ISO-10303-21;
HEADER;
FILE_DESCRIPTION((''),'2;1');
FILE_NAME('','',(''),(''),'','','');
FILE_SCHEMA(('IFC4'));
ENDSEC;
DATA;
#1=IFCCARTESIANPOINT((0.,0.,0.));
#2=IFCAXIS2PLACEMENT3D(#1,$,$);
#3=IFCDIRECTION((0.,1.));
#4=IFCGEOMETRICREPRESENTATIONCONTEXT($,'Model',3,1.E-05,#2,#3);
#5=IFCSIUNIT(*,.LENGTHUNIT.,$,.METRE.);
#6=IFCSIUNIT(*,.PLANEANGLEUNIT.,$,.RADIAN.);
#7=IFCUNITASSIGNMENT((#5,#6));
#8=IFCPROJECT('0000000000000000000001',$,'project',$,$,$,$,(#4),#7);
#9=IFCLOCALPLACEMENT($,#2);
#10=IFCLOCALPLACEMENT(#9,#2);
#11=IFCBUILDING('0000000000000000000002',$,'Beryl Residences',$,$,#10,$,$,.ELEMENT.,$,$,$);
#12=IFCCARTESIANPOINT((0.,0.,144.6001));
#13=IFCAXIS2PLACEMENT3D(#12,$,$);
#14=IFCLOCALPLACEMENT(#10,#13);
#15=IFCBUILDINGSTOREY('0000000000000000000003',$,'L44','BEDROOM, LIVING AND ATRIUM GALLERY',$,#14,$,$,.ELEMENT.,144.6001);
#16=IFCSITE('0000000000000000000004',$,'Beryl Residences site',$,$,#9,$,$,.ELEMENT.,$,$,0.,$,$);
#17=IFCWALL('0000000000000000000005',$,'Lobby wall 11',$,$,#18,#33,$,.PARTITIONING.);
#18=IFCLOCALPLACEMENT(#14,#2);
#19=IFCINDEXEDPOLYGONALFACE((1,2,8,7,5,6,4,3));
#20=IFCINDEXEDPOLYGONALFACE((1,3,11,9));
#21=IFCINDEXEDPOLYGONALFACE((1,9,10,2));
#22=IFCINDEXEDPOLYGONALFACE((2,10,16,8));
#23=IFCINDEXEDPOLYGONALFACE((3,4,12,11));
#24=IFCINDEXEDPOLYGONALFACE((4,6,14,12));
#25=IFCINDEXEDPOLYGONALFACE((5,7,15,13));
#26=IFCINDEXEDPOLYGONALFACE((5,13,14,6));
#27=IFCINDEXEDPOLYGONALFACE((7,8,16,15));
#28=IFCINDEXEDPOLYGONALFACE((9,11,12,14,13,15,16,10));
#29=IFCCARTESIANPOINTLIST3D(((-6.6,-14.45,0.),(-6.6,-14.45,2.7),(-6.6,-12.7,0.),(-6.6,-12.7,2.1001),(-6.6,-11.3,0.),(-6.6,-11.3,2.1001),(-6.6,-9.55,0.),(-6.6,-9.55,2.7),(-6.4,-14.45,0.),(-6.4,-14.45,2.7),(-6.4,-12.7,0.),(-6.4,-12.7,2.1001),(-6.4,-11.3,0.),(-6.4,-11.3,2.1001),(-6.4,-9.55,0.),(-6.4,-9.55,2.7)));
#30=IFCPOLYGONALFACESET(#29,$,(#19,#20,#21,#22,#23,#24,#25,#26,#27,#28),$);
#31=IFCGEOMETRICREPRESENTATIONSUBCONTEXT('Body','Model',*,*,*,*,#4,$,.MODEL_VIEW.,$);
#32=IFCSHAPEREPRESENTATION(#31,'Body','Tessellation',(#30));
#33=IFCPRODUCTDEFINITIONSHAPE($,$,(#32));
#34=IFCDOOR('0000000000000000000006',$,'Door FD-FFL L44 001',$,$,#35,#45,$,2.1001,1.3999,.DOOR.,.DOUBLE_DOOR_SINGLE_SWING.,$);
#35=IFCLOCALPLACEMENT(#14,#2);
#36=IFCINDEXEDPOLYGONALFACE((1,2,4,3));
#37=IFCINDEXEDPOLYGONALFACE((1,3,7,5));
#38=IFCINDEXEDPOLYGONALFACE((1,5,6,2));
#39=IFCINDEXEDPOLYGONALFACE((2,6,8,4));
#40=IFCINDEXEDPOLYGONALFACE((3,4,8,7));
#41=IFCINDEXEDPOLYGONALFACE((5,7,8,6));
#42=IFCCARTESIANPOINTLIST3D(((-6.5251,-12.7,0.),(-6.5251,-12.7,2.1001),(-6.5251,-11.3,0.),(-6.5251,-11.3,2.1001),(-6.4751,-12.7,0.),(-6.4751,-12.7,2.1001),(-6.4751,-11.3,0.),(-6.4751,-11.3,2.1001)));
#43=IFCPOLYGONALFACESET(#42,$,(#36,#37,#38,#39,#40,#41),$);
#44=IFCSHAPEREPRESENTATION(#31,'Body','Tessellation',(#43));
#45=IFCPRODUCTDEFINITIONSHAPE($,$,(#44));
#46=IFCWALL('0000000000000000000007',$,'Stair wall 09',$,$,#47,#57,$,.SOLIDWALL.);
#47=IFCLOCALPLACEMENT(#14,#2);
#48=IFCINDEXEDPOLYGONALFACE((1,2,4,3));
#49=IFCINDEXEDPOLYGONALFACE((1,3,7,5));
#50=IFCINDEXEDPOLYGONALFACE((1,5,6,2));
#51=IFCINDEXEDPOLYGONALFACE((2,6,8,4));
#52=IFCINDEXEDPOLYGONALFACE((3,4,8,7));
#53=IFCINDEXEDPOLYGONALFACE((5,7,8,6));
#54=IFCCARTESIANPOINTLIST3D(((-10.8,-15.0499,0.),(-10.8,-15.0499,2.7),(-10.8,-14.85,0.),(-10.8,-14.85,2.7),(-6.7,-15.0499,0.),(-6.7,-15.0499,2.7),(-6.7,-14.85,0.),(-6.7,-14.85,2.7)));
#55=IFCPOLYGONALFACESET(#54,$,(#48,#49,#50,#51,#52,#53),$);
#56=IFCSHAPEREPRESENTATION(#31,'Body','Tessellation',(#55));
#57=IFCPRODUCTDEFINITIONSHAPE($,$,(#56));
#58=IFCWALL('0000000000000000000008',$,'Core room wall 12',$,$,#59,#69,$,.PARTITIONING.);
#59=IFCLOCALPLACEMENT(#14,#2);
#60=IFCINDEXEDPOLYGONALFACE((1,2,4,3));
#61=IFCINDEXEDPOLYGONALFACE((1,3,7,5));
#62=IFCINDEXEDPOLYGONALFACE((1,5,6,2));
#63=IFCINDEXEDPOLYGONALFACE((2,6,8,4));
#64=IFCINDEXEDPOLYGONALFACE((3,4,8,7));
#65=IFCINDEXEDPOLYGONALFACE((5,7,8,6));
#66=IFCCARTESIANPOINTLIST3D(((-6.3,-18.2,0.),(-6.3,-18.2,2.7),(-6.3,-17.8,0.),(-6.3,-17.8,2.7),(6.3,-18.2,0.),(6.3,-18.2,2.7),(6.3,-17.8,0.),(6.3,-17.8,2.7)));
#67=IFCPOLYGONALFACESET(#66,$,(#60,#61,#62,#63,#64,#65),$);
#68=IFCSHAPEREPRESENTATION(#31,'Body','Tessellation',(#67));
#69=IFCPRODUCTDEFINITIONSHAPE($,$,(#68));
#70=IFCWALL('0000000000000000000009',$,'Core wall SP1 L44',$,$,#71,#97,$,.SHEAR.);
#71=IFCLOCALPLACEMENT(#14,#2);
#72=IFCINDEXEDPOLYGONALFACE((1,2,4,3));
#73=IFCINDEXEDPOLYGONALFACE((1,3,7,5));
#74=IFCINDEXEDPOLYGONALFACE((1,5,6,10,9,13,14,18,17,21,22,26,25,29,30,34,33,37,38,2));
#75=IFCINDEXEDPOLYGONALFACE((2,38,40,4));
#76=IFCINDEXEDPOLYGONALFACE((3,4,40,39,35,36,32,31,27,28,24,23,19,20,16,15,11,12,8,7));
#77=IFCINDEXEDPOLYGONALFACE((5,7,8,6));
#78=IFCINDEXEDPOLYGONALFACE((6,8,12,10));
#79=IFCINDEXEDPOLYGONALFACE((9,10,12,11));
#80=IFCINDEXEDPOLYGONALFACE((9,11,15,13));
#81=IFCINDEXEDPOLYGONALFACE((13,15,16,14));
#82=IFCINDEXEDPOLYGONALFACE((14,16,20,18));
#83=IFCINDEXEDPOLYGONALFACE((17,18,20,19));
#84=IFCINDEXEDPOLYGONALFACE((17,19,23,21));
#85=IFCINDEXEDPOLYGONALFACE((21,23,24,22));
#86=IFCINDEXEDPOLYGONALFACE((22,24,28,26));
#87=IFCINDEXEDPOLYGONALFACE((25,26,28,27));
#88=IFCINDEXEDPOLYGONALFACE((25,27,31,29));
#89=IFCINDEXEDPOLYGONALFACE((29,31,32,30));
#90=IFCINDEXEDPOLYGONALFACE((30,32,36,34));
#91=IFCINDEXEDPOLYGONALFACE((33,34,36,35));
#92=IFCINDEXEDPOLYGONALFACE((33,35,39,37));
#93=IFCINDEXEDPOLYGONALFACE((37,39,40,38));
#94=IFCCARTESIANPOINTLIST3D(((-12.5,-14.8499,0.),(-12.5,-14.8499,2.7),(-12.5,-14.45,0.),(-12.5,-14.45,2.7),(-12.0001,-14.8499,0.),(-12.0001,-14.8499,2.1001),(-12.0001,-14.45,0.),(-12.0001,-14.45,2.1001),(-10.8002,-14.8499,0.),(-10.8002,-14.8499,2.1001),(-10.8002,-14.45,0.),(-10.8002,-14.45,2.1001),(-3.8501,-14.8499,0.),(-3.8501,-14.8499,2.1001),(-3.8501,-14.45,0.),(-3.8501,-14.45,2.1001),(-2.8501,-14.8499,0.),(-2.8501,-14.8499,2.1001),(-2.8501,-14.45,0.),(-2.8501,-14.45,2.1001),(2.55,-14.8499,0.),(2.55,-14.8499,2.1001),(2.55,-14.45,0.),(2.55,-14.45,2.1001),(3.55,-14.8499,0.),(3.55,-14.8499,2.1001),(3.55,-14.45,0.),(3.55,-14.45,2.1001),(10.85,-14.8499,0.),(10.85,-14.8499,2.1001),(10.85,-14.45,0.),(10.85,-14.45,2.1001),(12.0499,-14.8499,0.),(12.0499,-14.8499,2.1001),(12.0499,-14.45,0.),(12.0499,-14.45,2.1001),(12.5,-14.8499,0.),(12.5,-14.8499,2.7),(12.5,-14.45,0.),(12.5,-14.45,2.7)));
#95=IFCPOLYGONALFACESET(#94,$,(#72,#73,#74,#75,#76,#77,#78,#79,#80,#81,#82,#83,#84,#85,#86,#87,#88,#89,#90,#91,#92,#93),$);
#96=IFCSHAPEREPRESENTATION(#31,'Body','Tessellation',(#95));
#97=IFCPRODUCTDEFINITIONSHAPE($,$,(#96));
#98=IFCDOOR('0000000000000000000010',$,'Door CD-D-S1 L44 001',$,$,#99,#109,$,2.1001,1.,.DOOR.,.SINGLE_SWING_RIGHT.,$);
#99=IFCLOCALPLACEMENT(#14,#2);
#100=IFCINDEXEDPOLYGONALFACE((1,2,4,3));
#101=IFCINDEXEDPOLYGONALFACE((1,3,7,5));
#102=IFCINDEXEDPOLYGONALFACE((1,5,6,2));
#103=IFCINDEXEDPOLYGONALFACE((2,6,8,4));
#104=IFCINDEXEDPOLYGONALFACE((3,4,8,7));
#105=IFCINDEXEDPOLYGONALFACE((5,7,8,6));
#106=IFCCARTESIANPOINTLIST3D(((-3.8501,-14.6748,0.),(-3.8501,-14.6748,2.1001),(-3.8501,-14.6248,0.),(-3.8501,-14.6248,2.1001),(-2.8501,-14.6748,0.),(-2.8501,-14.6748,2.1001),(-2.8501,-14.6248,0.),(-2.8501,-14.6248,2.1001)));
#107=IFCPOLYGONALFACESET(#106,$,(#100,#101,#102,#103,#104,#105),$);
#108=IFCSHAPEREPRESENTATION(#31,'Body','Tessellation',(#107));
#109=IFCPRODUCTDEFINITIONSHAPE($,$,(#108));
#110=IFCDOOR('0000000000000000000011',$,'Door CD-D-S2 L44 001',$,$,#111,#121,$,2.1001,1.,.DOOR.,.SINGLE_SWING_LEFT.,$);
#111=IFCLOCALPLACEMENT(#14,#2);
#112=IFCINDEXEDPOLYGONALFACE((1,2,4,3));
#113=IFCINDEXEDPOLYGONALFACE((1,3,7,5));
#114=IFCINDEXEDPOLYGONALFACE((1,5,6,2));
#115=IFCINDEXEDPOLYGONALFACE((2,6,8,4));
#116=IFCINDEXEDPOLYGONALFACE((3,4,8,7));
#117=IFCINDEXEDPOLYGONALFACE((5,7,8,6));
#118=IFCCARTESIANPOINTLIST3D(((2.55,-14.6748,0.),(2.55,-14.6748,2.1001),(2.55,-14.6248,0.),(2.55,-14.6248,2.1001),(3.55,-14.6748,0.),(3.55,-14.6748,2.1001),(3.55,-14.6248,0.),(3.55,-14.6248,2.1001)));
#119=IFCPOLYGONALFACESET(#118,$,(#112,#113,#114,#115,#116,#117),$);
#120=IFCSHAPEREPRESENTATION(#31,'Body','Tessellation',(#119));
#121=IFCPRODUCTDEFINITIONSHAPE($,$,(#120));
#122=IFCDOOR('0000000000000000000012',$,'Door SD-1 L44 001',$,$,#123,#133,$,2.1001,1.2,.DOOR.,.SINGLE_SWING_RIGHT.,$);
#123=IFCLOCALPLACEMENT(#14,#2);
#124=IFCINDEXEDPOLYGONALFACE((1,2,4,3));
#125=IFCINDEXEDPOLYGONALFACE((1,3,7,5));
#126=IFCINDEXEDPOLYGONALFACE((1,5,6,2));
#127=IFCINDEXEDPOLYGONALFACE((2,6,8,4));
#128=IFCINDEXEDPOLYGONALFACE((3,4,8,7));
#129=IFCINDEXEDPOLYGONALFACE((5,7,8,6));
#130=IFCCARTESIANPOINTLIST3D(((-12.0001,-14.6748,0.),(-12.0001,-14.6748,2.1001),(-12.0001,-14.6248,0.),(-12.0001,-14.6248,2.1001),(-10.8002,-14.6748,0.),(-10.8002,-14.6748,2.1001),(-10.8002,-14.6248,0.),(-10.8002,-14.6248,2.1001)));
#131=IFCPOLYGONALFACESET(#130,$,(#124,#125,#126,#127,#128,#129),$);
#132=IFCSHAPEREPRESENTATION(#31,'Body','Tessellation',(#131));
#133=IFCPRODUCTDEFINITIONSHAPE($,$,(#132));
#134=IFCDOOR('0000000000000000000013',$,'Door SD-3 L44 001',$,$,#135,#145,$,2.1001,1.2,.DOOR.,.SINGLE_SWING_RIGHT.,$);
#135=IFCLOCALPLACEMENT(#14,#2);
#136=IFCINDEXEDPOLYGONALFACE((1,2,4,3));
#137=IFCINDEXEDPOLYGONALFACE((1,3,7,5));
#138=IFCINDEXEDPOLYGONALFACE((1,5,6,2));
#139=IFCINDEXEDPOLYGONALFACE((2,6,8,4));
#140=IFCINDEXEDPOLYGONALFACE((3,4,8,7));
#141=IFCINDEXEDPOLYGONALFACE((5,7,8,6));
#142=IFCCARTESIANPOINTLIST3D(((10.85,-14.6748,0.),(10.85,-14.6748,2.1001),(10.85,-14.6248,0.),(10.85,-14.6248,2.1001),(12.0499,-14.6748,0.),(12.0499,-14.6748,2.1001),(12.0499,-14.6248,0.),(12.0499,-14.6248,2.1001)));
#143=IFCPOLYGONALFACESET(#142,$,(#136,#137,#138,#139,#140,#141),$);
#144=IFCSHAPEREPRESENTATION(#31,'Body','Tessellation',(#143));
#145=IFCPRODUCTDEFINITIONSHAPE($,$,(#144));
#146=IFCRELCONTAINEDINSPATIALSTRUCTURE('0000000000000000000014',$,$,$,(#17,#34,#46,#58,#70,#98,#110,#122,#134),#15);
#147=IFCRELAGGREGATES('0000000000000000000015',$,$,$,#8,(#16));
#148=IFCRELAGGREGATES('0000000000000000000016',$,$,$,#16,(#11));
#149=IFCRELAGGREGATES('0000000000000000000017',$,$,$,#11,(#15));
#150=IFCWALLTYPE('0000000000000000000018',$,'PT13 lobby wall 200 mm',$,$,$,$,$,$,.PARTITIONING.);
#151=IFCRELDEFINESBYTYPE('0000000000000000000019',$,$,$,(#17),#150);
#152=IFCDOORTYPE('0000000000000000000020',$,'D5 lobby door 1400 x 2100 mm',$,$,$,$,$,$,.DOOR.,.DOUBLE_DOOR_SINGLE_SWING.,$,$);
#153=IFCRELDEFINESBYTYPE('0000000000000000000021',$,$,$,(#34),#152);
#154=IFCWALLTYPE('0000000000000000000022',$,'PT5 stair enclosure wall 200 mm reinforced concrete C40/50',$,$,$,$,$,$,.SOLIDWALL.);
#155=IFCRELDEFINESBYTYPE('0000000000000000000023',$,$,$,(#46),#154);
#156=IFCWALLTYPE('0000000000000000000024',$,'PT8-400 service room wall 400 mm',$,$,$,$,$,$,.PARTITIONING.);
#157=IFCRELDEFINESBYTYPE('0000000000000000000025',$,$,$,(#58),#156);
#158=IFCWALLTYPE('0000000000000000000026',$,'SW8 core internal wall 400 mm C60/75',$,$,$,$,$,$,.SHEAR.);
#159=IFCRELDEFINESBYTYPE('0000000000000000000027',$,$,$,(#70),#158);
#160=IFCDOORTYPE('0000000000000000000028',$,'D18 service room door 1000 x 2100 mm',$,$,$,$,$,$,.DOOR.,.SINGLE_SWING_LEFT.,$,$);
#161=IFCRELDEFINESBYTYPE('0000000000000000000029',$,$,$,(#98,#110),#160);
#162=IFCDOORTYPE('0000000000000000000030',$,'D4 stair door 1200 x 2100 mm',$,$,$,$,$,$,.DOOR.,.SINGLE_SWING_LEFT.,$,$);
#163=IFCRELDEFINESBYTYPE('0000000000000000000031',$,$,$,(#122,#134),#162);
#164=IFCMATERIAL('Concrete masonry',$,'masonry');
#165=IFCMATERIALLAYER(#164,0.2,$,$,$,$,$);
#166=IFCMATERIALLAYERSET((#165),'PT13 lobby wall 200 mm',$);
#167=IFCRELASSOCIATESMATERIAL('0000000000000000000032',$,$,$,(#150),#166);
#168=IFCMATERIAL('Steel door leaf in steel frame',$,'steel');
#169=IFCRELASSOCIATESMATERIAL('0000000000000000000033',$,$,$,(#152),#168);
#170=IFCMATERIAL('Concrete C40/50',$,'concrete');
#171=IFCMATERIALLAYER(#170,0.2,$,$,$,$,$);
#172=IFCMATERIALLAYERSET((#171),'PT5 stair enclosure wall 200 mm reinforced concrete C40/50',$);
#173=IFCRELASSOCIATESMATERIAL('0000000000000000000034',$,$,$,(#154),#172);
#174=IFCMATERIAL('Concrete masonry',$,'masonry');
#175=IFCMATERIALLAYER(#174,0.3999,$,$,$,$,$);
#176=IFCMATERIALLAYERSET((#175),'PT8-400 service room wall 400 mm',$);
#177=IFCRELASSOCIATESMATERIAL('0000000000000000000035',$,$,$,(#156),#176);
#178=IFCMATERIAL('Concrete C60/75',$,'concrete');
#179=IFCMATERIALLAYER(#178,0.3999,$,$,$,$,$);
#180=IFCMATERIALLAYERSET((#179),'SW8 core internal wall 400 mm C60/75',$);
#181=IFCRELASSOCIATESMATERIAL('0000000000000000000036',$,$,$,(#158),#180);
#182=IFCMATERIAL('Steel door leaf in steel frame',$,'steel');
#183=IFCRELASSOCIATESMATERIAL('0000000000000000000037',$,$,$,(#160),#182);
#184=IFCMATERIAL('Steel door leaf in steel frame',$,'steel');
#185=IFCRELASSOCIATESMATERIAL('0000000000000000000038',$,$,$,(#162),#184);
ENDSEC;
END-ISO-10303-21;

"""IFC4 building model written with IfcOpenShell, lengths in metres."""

from ifc_helpers import new_model, si_unit, direction, frame, frame_2d, origin, place, context, subcontext, project, spatial, rectangle, extrude, material, layer, layer_set, type_object, element, fill, save


model = new_model("IFC4")

# Units and contexts
model_context = context("Model", 3, precision=1e-05, world=origin(), true_north=direction((0.0, 1.0)))
body_context = subcontext(model_context, "Body", "Model", "MODEL_VIEW")
ifc_project = project(units=[si_unit("LENGTHUNIT", "METRE"), si_unit("PLANEANGLEUNIT", "RADIAN")], contexts=[model_context])

# Site, building, storey
site_placement = place(None, origin())
site = spatial("IfcSite", under=ifc_project, at=site_placement, Name="Beryl Residences site", CompositionType="ELEMENT", RefElevation=0.0)
building_placement = place(site_placement, origin())
building = spatial("IfcBuilding", under=site, at=building_placement, Name="Beryl Residences", CompositionType="ELEMENT")
storey_placement = place(building_placement, frame((0.0, 0.0, 144.6001)))
storey = spatial("IfcBuildingStorey", under=building, at=storey_placement, Name="L44", Description="BEDROOM, LIVING AND ATRIUM GALLERY", CompositionType="ELEMENT", Elevation=144.6001)

# Wall, opening, door
ifc_material_1 = material(Name="Concrete masonry", Category="masonry")
ifc_layer_1 = layer(ifc_material_1, 0.2)
ifc_layer_set_1 = layer_set([ifc_layer_1], Name="PT13 lobby wall 200 mm")
wall_type_1 = type_object("IfcWallType", Name="PT13 lobby wall 200 mm", PredefinedType="PARTITIONING", material=ifc_layer_set_1)
wall_1_placement = place(storey_placement, frame((-6.5, -14.45, 0.0), z_axis=(0.0, 0.0, 1.0), x_axis=(0.0, 1.0, 0.0)))
wall_1 = element("IfcWall", 1, at=wall_1_placement, inside=storey, type_object=wall_type_1, Name="Lobby wall 11", PredefinedType="PARTITIONING", context=body_context, shape_type="SweptSolid", body=[
    extrude(rectangle(XDim=4.8999, YDim=0.2, at=frame_2d((2.45, 0.0))), origin(), (0.0, 0.0, 1.0), 2.7),
])
opening_1_placement = place(wall_1_placement, frame((3.1499, 0.0, 0.0), z_axis=(0.0, 0.0, 1.0), x_axis=(-1.0, 0.0, 0.0)))
opening_1 = element("IfcOpeningElement", 2, at=opening_1_placement, cuts=wall_1, PredefinedType="OPENING", context=body_context, shape_type="SweptSolid", body=[
    extrude(rectangle(XDim=1.3999, YDim=2.1001, at=frame_2d((0.7, 1.05))), frame((0.0, 0.1099, 0.0), z_axis=(0.0, -1.0, 0.0), x_axis=(1.0, 0.0, 0.0)), (0.0, 0.0, 1.0), 0.22),
])
ifc_material_2 = material(Name="Steel door leaf in steel frame", Category="steel")
door_type_1 = type_object("IfcDoorType", Name="D5 lobby door 1400 x 2100 mm", OperationType="DOUBLE_DOOR_SINGLE_SWING", PredefinedType="DOOR", material=ifc_material_2)
door_1_placement = place(opening_1_placement, origin())
door_1 = element("IfcDoor", 3, at=door_1_placement, inside=storey, type_object=door_type_1, Name="Door FD-FFL L44 001", OperationType="DOUBLE_DOOR_SINGLE_SWING", OverallHeight=2.1001, OverallWidth=1.3999, PredefinedType="DOOR", context=body_context, shape_type="SweptSolid", body=[
    extrude(rectangle(XDim=1.3999, YDim=2.1001, at=frame_2d((0.7, 1.05))), frame((0.0, 0.0249, 0.0), z_axis=(0.0, -1.0, 0.0), x_axis=(1.0, 0.0, 0.0)), (0.0, 0.0, 1.0), 0.05),
])
fill(opening_1, door_1)

# Walls
ifc_material_3 = material(Name="Concrete C40/50", Category="concrete")
ifc_layer_2 = layer(ifc_material_3, 0.2)
ifc_layer_set_2 = layer_set([ifc_layer_2], Name="PT5 stair enclosure wall 200 mm reinforced concrete C40/50")
wall_type_2 = type_object("IfcWallType", Name="PT5 stair enclosure wall 200 mm reinforced concrete C40/50", PredefinedType="SOLIDWALL", material=ifc_layer_set_2)
wall_2_placement = place(storey_placement, frame((-10.8, -14.95, 0.0), z_axis=(0.0, 0.0, 1.0), x_axis=(1.0, 0.0, 0.0)))
element("IfcWall", 4, at=wall_2_placement, inside=storey, type_object=wall_type_2, Name="Stair wall 09", PredefinedType="SOLIDWALL", context=body_context, shape_type="SweptSolid", body=[
    extrude(rectangle(XDim=4.1001, YDim=0.2, at=frame_2d((2.05, 0.0))), origin(), (0.0, 0.0, 1.0), 2.7),
])
ifc_material_4 = material(Name="Concrete masonry", Category="masonry")
ifc_layer_3 = layer(ifc_material_4, 0.3999)
ifc_layer_set_3 = layer_set([ifc_layer_3], Name="PT8-400 service room wall 400 mm")
wall_type_3 = type_object("IfcWallType", Name="PT8-400 service room wall 400 mm", PredefinedType="PARTITIONING", material=ifc_layer_set_3)
wall_3_placement = place(storey_placement, frame((-6.3, -18.0, 0.0), z_axis=(0.0, 0.0, 1.0), x_axis=(1.0, 0.0, 0.0)))
element("IfcWall", 5, at=wall_3_placement, inside=storey, type_object=wall_type_3, Name="Core room wall 12", PredefinedType="PARTITIONING", context=body_context, shape_type="SweptSolid", body=[
    extrude(rectangle(XDim=12.6001, YDim=0.3999, at=frame_2d((6.3, 0.0))), origin(), (0.0, 0.0, 1.0), 2.7),
])

# Wall, openings, doors
ifc_material_5 = material(Name="Concrete C60/75", Category="concrete")
ifc_layer_4 = layer(ifc_material_5, 0.3999)
ifc_layer_set_4 = layer_set([ifc_layer_4], Name="SW8 core internal wall 400 mm C60/75")
wall_type_4 = type_object("IfcWallType", Name="SW8 core internal wall 400 mm C60/75", PredefinedType="SHEAR", material=ifc_layer_set_4)
wall_4_placement = place(storey_placement, frame((-12.5, -14.6499, 0.0), z_axis=(0.0, 0.0, 1.0), x_axis=(1.0, 0.0, 0.0)))
wall_4 = element("IfcWall", 6, at=wall_4_placement, inside=storey, type_object=wall_type_4, Name="Core wall SP1 L44", PredefinedType="SHEAR", context=body_context, shape_type="SweptSolid", body=[
    extrude(rectangle(XDim=25.0, YDim=0.3999, at=frame_2d((12.5, 0.0))), origin(), (0.0, 0.0, 1.0), 2.7),
])
opening_2_placement = place(wall_4_placement, frame((1.7, 0.0, 0.0), z_axis=(0.0, 0.0, 1.0), x_axis=(-1.0, 0.0, 0.0)))
opening_2 = element("IfcOpeningElement", 7, at=opening_2_placement, cuts=wall_4, PredefinedType="OPENING", context=body_context, shape_type="SweptSolid", body=[
    extrude(rectangle(XDim=1.2, YDim=2.1001, at=frame_2d((0.6001, 1.05))), frame((0.0, 0.21, 0.0), z_axis=(0.0, -1.0, 0.0), x_axis=(1.0, 0.0, 0.0)), (0.0, 0.0, 1.0), 0.4199),
])
opening_3_placement = place(wall_4_placement, frame((24.55, 0.0, 0.0), z_axis=(0.0, 0.0, 1.0), x_axis=(-1.0, 0.0, 0.0)))
opening_3 = element("IfcOpeningElement", 8, at=opening_3_placement, cuts=wall_4, PredefinedType="OPENING", context=body_context, shape_type="SweptSolid", body=[
    extrude(rectangle(XDim=1.2, YDim=2.1001, at=frame_2d((0.6001, 1.05))), frame((0.0, 0.21, 0.0), z_axis=(0.0, -1.0, 0.0), x_axis=(1.0, 0.0, 0.0)), (0.0, 0.0, 1.0), 0.4199),
])
opening_4_placement = place(wall_4_placement, frame((9.6499, 0.0, 0.0), z_axis=(0.0, 0.0, 1.0), x_axis=(-1.0, 0.0, 0.0)))
opening_4 = element("IfcOpeningElement", 9, at=opening_4_placement, cuts=wall_4, PredefinedType="OPENING", context=body_context, shape_type="SweptSolid", body=[
    extrude(rectangle(XDim=1.0, YDim=2.1001, at=frame_2d((0.5, 1.05))), frame((0.0, 0.21, 0.0), z_axis=(0.0, -1.0, 0.0), x_axis=(1.0, 0.0, 0.0)), (0.0, 0.0, 1.0), 0.4199),
])
opening_5_placement = place(wall_4_placement, frame((16.05, 0.0, 0.0), z_axis=(0.0, 0.0, 1.0), x_axis=(-1.0, 0.0, 0.0)))
opening_5 = element("IfcOpeningElement", 10, at=opening_5_placement, cuts=wall_4, PredefinedType="OPENING", context=body_context, shape_type="SweptSolid", body=[
    extrude(rectangle(XDim=1.0, YDim=2.1001, at=frame_2d((0.5, 1.05))), frame((0.0, 0.21, 0.0), z_axis=(0.0, -1.0, 0.0), x_axis=(1.0, 0.0, 0.0)), (0.0, 0.0, 1.0), 0.4199),
])
ifc_material_6 = material(Name="Steel door leaf in steel frame", Category="steel")
door_type_2 = type_object("IfcDoorType", Name="D18 service room door 1000 x 2100 mm", OperationType="SINGLE_SWING_LEFT", PredefinedType="DOOR", material=ifc_material_6)
door_2_placement = place(opening_4_placement, origin())
door_2 = element("IfcDoor", 11, at=door_2_placement, inside=storey, type_object=door_type_2, Name="Door CD-D-S1 L44 001", OperationType="SINGLE_SWING_RIGHT", OverallHeight=2.1001, OverallWidth=1.0, PredefinedType="DOOR", context=body_context, shape_type="SweptSolid", body=[
    extrude(rectangle(XDim=1.0, YDim=2.1001, at=frame_2d((0.5, 1.05))), frame((0.0, 0.0249, 0.0), z_axis=(0.0, -1.0, 0.0), x_axis=(1.0, 0.0, 0.0)), (0.0, 0.0, 1.0), 0.05),
])
fill(opening_4, door_2)
door_3_placement = place(opening_5_placement, origin())
door_3 = element("IfcDoor", 12, at=door_3_placement, inside=storey, type_object=door_type_2, Name="Door CD-D-S2 L44 001", OperationType="SINGLE_SWING_LEFT", OverallHeight=2.1001, OverallWidth=1.0, PredefinedType="DOOR", context=body_context, shape_type="SweptSolid", body=[
    extrude(rectangle(XDim=1.0, YDim=2.1001, at=frame_2d((0.5, 1.05))), frame((0.0, 0.0249, 0.0), z_axis=(0.0, -1.0, 0.0), x_axis=(1.0, 0.0, 0.0)), (0.0, 0.0, 1.0), 0.05),
])
fill(opening_5, door_3)
ifc_material_7 = material(Name="Steel door leaf in steel frame", Category="steel")
door_type_3 = type_object("IfcDoorType", Name="D4 stair door 1200 x 2100 mm", OperationType="SINGLE_SWING_LEFT", PredefinedType="DOOR", material=ifc_material_7)
door_4_placement = place(opening_2_placement, origin())
door_4 = element("IfcDoor", 13, at=door_4_placement, inside=storey, type_object=door_type_3, Name="Door SD-1 L44 001", OperationType="SINGLE_SWING_RIGHT", OverallHeight=2.1001, OverallWidth=1.2, PredefinedType="DOOR", context=body_context, shape_type="SweptSolid", body=[
    extrude(rectangle(XDim=1.2, YDim=2.1001, at=frame_2d((0.6001, 1.05))), frame((0.0, 0.0249, 0.0), z_axis=(0.0, -1.0, 0.0), x_axis=(1.0, 0.0, 0.0)), (0.0, 0.0, 1.0), 0.05),
])
fill(opening_2, door_4)
door_5_placement = place(opening_3_placement, origin())
door_5 = element("IfcDoor", 14, at=door_5_placement, inside=storey, type_object=door_type_3, Name="Door SD-3 L44 001", OperationType="SINGLE_SWING_RIGHT", OverallHeight=2.1001, OverallWidth=1.2, PredefinedType="DOOR", context=body_context, shape_type="SweptSolid", body=[
    extrude(rectangle(XDim=1.2, YDim=2.1001, at=frame_2d((0.6001, 1.05))), frame((0.0, 0.0249, 0.0), z_axis=(0.0, -1.0, 0.0), x_axis=(1.0, 0.0, 0.0)), (0.0, 0.0, 1.0), 0.05),
])
fill(opening_3, door_5)

save(model, "model.ifc")
